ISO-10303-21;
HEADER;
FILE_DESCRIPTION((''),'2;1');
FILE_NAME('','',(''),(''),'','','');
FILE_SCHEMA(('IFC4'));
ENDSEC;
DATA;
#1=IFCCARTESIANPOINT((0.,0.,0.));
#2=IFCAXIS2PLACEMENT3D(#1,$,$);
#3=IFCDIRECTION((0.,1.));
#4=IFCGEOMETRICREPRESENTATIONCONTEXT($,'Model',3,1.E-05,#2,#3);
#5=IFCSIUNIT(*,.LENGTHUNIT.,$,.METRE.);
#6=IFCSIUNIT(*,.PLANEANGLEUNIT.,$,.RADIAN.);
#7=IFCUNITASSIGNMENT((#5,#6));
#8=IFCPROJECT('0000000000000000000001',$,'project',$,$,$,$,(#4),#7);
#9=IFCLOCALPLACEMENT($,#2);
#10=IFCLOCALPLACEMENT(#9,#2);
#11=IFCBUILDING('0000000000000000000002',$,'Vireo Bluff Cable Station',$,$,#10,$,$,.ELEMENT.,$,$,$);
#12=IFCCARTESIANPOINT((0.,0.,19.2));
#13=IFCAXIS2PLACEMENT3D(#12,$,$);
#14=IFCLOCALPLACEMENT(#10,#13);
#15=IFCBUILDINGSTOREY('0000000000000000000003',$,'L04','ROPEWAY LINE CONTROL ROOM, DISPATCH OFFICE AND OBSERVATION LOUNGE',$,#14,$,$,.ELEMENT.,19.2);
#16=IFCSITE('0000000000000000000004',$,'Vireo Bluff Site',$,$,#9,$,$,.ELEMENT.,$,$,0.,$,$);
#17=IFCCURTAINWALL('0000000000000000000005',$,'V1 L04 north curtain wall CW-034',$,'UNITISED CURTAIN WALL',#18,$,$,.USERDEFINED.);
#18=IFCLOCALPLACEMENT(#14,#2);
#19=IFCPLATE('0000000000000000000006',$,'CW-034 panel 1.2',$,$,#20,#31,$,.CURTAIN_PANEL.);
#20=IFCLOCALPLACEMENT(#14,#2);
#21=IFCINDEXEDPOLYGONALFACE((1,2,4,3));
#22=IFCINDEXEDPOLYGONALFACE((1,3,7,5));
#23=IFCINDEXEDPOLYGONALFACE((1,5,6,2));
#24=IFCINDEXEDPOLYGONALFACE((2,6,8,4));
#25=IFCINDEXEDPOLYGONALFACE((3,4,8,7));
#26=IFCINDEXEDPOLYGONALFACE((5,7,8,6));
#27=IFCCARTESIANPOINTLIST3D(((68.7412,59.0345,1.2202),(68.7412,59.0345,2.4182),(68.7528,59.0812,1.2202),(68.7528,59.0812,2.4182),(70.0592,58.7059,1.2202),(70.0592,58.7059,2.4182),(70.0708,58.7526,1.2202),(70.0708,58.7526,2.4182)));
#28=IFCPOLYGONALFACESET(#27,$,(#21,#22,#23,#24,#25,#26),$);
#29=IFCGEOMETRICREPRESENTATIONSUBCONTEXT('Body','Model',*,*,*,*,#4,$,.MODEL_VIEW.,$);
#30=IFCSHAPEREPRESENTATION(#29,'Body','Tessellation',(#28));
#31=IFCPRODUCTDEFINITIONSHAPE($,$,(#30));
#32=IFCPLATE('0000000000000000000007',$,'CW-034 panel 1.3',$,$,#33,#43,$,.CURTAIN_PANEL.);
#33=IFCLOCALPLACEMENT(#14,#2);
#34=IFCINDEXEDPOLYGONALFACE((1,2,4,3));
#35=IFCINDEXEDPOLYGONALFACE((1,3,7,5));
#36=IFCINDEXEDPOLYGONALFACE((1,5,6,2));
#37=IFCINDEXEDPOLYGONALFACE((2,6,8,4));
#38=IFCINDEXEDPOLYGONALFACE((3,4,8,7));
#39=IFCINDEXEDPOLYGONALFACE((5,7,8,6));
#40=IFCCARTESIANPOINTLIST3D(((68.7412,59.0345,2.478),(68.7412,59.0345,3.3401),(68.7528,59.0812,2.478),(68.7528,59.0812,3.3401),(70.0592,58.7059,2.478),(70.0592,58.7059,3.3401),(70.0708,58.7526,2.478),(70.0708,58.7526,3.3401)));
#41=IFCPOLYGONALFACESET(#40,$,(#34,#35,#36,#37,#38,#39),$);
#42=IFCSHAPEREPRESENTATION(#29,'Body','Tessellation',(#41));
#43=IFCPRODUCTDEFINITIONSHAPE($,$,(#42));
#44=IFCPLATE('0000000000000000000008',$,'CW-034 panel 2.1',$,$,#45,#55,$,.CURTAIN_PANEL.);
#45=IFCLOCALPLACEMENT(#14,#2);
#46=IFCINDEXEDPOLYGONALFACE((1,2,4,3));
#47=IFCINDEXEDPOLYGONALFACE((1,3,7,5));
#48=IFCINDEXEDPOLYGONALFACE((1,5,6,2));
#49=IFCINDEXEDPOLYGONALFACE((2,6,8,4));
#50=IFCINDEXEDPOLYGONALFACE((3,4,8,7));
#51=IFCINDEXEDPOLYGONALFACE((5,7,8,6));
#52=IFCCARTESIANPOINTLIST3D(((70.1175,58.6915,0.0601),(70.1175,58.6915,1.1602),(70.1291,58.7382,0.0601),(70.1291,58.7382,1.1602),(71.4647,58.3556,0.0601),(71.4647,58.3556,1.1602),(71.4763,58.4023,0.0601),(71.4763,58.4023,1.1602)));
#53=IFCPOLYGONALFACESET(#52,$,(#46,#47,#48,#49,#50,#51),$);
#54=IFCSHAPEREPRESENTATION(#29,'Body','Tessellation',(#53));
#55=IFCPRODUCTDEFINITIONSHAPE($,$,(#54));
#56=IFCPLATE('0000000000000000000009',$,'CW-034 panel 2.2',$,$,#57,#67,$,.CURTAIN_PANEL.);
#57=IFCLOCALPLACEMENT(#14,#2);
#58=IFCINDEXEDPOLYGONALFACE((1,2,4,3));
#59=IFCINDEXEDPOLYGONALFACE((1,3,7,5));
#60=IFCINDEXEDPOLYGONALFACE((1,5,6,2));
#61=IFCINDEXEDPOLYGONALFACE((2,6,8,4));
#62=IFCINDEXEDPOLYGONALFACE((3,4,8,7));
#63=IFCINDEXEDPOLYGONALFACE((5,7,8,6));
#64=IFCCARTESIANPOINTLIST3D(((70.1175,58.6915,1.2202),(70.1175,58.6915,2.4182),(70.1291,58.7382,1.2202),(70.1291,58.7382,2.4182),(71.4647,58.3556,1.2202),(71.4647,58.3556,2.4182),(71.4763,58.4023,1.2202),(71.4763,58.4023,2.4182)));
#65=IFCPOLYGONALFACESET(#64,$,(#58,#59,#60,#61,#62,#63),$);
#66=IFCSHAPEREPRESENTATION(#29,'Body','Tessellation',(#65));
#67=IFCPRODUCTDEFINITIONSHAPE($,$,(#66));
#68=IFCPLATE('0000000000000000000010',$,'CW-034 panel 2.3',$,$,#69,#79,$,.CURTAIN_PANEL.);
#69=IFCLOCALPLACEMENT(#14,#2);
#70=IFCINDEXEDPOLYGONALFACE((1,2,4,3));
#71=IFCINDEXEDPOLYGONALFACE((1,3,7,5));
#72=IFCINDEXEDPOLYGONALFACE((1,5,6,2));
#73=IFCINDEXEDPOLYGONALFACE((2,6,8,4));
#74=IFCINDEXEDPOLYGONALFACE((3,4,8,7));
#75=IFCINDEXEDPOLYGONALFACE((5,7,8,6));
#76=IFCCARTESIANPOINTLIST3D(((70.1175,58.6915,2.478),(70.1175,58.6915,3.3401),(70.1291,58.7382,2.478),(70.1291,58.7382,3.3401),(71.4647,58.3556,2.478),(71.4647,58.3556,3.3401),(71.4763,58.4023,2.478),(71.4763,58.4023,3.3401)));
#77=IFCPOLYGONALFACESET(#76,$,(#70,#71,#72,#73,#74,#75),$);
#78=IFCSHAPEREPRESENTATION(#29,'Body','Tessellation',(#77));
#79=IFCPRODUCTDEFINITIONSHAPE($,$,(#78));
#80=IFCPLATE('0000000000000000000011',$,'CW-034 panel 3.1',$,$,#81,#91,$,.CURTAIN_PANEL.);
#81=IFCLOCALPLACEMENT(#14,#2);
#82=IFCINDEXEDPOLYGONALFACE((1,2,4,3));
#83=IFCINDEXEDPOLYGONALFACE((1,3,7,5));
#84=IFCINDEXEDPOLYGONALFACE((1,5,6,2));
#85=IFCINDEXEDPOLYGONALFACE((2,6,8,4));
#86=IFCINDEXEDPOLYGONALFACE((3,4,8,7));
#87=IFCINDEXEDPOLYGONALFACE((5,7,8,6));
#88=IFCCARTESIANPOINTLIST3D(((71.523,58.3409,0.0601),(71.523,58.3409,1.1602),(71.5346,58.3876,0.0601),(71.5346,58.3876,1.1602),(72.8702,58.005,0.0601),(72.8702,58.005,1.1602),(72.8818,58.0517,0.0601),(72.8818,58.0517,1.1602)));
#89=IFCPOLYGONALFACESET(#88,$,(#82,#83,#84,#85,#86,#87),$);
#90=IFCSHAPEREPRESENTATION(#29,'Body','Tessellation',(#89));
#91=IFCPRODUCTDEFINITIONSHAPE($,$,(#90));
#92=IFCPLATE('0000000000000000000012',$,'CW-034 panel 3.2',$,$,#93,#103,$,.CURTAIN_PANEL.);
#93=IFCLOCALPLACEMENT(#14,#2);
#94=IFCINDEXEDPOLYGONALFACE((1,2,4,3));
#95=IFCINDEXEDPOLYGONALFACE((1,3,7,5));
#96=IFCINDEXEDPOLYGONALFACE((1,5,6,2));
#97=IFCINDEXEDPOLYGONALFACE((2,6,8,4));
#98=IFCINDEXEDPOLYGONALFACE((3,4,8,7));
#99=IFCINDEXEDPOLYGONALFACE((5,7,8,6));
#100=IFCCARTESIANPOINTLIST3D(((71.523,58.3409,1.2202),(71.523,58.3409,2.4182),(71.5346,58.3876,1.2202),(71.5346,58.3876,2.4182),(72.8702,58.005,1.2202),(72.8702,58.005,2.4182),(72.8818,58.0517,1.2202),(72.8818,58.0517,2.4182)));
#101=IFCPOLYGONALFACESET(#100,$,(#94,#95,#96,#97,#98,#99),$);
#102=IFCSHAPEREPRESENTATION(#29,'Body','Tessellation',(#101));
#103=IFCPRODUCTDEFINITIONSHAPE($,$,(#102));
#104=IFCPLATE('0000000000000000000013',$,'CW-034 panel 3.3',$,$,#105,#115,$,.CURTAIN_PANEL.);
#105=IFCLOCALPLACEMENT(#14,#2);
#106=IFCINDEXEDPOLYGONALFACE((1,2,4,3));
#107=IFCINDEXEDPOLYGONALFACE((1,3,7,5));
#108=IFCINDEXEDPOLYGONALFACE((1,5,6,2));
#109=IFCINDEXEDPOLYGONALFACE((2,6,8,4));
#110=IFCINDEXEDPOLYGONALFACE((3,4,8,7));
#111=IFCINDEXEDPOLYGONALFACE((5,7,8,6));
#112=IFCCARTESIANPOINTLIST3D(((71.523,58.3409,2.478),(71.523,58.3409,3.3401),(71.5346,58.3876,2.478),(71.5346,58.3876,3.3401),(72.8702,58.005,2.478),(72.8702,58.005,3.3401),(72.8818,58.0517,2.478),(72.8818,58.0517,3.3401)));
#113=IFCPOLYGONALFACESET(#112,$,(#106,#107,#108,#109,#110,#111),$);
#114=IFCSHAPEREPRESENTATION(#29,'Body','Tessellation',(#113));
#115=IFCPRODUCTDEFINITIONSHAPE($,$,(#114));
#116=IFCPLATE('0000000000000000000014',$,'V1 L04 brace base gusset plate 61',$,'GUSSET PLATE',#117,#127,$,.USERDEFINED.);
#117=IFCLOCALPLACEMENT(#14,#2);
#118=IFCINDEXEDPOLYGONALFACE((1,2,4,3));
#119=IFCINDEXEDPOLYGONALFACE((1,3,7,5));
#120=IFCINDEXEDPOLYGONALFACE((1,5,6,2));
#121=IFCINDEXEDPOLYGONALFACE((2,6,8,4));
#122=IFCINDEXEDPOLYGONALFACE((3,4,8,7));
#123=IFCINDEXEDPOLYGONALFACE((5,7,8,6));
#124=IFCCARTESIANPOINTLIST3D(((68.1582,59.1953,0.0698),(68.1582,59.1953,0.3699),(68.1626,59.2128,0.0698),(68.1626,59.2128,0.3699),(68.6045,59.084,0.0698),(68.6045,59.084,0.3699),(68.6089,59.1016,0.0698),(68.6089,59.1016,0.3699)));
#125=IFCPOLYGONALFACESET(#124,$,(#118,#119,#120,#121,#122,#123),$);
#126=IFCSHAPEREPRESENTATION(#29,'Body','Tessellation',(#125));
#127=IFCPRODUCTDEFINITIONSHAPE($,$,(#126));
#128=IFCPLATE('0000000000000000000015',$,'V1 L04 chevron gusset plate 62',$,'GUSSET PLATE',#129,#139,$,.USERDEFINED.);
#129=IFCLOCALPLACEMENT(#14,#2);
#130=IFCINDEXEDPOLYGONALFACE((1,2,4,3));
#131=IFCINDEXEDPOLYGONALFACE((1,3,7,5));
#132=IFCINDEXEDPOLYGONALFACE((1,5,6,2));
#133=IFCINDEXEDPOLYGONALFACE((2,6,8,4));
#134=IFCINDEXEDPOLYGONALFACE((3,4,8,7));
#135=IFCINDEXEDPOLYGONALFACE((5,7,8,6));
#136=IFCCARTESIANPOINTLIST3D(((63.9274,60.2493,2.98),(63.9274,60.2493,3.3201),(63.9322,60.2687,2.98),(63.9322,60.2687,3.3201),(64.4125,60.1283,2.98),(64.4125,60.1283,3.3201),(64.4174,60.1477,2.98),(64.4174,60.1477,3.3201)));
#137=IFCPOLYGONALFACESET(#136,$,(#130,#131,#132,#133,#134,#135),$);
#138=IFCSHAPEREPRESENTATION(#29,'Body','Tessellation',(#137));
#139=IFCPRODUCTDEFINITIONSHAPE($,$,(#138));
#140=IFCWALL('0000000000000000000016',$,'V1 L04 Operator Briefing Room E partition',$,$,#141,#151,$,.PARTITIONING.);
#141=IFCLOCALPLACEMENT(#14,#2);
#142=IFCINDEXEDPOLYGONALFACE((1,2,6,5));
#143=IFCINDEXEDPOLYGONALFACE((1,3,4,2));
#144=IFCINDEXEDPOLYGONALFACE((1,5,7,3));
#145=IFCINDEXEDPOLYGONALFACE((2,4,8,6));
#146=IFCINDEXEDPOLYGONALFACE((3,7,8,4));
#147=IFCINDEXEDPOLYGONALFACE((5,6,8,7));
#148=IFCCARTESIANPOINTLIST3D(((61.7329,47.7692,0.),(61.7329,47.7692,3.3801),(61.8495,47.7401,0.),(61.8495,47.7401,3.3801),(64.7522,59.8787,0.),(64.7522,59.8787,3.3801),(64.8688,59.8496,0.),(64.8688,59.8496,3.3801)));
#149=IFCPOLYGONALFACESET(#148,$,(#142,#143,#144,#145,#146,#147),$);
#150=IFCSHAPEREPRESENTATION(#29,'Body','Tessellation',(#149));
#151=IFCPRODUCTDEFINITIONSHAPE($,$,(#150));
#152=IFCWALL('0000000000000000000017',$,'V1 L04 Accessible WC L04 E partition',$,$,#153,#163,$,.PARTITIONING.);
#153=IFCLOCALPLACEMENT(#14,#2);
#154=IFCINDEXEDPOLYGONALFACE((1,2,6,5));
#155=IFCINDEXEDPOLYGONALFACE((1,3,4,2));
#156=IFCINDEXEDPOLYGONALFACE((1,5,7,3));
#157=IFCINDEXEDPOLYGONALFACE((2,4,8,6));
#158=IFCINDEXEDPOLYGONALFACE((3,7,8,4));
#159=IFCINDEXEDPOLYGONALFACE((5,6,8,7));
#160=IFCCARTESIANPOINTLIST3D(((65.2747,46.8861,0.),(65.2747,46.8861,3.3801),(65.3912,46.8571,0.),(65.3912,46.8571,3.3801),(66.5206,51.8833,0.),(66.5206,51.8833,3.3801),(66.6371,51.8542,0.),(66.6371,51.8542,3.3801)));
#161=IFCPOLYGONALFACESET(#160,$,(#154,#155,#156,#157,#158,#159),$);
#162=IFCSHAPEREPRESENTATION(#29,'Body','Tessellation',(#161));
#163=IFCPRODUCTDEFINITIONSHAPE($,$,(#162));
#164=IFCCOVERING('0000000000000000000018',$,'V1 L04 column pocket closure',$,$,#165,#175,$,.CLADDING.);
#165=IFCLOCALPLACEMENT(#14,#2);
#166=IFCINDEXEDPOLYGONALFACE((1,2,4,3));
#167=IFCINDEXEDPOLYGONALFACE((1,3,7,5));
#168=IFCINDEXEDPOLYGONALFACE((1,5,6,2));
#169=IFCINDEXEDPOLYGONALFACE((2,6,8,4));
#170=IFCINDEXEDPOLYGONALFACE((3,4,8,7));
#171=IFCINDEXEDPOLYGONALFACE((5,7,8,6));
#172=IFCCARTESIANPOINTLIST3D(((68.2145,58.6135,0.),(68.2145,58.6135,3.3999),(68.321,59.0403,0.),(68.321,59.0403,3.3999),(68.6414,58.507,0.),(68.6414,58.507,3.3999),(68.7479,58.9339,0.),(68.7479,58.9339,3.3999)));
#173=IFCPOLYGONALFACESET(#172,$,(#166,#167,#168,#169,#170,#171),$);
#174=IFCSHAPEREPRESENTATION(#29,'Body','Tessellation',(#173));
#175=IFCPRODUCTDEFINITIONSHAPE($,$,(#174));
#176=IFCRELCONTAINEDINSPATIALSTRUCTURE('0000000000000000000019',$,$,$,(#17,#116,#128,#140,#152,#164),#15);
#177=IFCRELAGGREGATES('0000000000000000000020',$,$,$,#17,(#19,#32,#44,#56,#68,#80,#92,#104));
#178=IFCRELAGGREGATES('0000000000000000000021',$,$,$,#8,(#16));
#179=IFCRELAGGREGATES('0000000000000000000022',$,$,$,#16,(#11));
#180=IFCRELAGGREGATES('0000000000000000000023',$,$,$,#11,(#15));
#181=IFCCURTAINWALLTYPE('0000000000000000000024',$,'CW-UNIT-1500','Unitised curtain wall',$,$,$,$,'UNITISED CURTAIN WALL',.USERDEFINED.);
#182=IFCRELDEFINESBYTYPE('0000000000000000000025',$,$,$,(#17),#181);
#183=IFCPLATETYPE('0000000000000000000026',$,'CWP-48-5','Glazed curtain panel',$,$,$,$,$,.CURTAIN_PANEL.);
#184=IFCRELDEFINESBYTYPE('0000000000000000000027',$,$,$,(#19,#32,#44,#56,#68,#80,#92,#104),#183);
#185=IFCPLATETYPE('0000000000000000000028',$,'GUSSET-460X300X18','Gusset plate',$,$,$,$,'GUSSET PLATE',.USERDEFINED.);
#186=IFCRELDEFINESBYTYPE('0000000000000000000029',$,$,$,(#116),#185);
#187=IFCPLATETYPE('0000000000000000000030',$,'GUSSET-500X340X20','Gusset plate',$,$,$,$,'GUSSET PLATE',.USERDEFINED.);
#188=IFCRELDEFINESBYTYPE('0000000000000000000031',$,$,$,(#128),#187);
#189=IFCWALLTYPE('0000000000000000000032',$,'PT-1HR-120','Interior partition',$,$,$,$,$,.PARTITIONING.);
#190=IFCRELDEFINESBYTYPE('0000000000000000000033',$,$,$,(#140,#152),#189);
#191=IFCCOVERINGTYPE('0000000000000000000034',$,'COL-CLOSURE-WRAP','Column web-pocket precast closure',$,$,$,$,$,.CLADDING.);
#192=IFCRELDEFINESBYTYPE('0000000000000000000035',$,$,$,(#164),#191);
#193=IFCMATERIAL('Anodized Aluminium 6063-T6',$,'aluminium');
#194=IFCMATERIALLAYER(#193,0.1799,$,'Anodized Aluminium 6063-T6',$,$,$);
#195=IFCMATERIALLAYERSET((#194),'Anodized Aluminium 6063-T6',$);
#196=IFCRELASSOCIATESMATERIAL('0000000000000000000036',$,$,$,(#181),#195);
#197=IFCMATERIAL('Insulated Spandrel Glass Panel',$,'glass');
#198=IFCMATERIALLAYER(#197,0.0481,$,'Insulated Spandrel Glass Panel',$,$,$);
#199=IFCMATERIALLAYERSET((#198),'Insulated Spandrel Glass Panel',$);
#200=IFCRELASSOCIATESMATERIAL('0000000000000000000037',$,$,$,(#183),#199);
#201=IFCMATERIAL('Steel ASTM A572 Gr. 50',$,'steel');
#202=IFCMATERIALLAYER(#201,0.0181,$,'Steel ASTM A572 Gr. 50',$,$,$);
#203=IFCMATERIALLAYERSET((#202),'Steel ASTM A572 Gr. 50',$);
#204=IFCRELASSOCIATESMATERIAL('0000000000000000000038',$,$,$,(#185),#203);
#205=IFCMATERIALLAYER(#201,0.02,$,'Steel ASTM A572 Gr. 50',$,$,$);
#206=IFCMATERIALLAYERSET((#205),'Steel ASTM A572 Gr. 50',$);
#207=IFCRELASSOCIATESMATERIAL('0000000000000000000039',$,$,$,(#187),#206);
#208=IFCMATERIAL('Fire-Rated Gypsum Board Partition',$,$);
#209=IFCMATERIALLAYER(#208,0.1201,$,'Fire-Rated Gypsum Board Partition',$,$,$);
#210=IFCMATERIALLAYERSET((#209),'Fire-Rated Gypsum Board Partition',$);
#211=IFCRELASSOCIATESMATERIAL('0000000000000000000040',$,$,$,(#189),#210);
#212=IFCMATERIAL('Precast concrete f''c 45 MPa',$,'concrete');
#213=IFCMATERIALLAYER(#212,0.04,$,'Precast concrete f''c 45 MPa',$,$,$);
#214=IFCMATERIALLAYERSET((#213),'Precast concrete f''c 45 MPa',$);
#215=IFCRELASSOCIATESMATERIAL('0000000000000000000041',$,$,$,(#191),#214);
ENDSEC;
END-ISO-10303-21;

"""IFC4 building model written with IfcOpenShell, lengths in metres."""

from ifc_helpers import new_model, si_unit, direction, frame, frame_2d, origin, origin_2d, place, context, subcontext, project, spatial, rectangle, extrude, material, layer, layer_set, type_object, element, aggregate, save


model = new_model("IFC4")

# Units and contexts
model_context = context("Model", 3, precision=1e-05, world=origin(), true_north=direction((0.0, 1.0)))
body_context = subcontext(model_context, "Body", "Model", "MODEL_VIEW")
ifc_project = project(units=[si_unit("LENGTHUNIT", "METRE"), si_unit("PLANEANGLEUNIT", "RADIAN")], contexts=[model_context])

# Site, building, storey
site_placement = place(None, origin())
site = spatial("IfcSite", under=ifc_project, at=site_placement, Name="Vireo Bluff Site", CompositionType="ELEMENT", RefElevation=0.0)
building_placement = place(site_placement, origin())
building = spatial("IfcBuilding", under=site, at=building_placement, Name="Vireo Bluff Cable Station", CompositionType="ELEMENT")
storey_placement = place(building_placement, frame((0.0, 0.0, 19.2)))
storey = spatial("IfcBuildingStorey", under=building, at=storey_placement, Name="L04", Description="ROPEWAY LINE CONTROL ROOM, DISPATCH OFFICE AND OBSERVATION LOUNGE", CompositionType="ELEMENT", Elevation=19.2)

# Curtain wall
ifc_material_1 = material(Name="Anodized Aluminium 6063-T6", Category="aluminium")
ifc_layer_1 = layer(ifc_material_1, 0.1799, Name="Anodized Aluminium 6063-T6")
ifc_layer_set_1 = layer_set([ifc_layer_1], Name="Anodized Aluminium 6063-T6")
curtain_wall_type = type_object("IfcCurtainWallType", Name="CW-UNIT-1500", Description="Unitised curtain wall", ElementType="UNITISED CURTAIN WALL", PredefinedType="USERDEFINED", material=ifc_layer_set_1)
curtain_wall_placement = place(storey_placement, origin())
curtain_wall = element("IfcCurtainWall", 1, at=curtain_wall_placement, inside=storey, type_object=curtain_wall_type, Name="V1 L04 north curtain wall CW-034", ObjectType="UNITISED CURTAIN WALL", PredefinedType="USERDEFINED")

# Plates
ifc_material_2 = material(Name="Insulated Spandrel Glass Panel", Category="glass")
ifc_layer_2 = layer(ifc_material_2, 0.0481, Name="Insulated Spandrel Glass Panel")
ifc_layer_set_2 = layer_set([ifc_layer_2], Name="Insulated Spandrel Glass Panel")
plate_type_1 = type_object("IfcPlateType", Name="CWP-48-5", Description="Glazed curtain panel", PredefinedType="CURTAIN_PANEL", material=ifc_layer_set_2)
plate_1_placement = place(storey_placement, frame((69.406, 58.8936, 1.2202), z_axis=(0.0, 0.0, 1.0), x_axis=(0.970296, -0.241922, 0.0)))
plate_1 = element("IfcPlate", 2, at=plate_1_placement, type_object=plate_type_1, Name="CW-034 panel 1.2", PredefinedType="CURTAIN_PANEL", context=body_context, shape_type="SweptSolid", body=[
    extrude(rectangle(XDim=1.3584, YDim=0.0481, at=origin_2d()), origin(), (0.0, 0.0, 1.0), 1.198),
])
plate_2_placement = place(storey_placement, frame((69.406, 58.8936, 2.478), z_axis=(0.0, 0.0, 1.0), x_axis=(0.970296, -0.241922, 0.0)))
plate_2 = element("IfcPlate", 3, at=plate_2_placement, type_object=plate_type_1, Name="CW-034 panel 1.3", PredefinedType="CURTAIN_PANEL", context=body_context, shape_type="SweptSolid", body=[
    extrude(rectangle(XDim=1.3584, YDim=0.0481, at=origin_2d()), origin(), (0.0, 0.0, 1.0), 0.8621),
])
plate_3_placement = place(storey_placement, frame((70.7969, 58.5469, 0.0601), z_axis=(0.0, 0.0, 1.0), x_axis=(0.970296, -0.241922, 0.0)))
plate_3 = element("IfcPlate", 4, at=plate_3_placement, type_object=plate_type_1, Name="CW-034 panel 2.1", PredefinedType="CURTAIN_PANEL", context=body_context, shape_type="SweptSolid", body=[
    extrude(rectangle(XDim=1.3884, YDim=0.0481, at=origin_2d()), origin(), (0.0, 0.0, 1.0), 1.1001),
])
plate_4_placement = place(storey_placement, frame((70.7969, 58.5469, 1.2202), z_axis=(0.0, 0.0, 1.0), x_axis=(0.970296, -0.241922, 0.0)))
plate_4 = element("IfcPlate", 5, at=plate_4_placement, type_object=plate_type_1, Name="CW-034 panel 2.2", PredefinedType="CURTAIN_PANEL", context=body_context, shape_type="SweptSolid", body=[
    extrude(rectangle(XDim=1.3884, YDim=0.0481, at=origin_2d()), origin(), (0.0, 0.0, 1.0), 1.198),
])
plate_5_placement = place(storey_placement, frame((70.7969, 58.5469, 2.478), z_axis=(0.0, 0.0, 1.0), x_axis=(0.970296, -0.241922, 0.0)))
plate_5 = element("IfcPlate", 6, at=plate_5_placement, type_object=plate_type_1, Name="CW-034 panel 2.3", PredefinedType="CURTAIN_PANEL", context=body_context, shape_type="SweptSolid", body=[
    extrude(rectangle(XDim=1.3884, YDim=0.0481, at=origin_2d()), origin(), (0.0, 0.0, 1.0), 0.8621),
])
plate_6_placement = place(storey_placement, frame((72.2024, 58.1963, 0.0601), z_axis=(0.0, 0.0, 1.0), x_axis=(0.970296, -0.241922, 0.0)))
plate_6 = element("IfcPlate", 7, at=plate_6_placement, type_object=plate_type_1, Name="CW-034 panel 3.1", PredefinedType="CURTAIN_PANEL", context=body_context, shape_type="SweptSolid", body=[
    extrude(rectangle(XDim=1.3884, YDim=0.0481, at=origin_2d()), origin(), (0.0, 0.0, 1.0), 1.1001),
])
plate_7_placement = place(storey_placement, frame((72.2024, 58.1963, 1.2202), z_axis=(0.0, 0.0, 1.0), x_axis=(0.970296, -0.241922, 0.0)))
plate_7 = element("IfcPlate", 8, at=plate_7_placement, type_object=plate_type_1, Name="CW-034 panel 3.2", PredefinedType="CURTAIN_PANEL", context=body_context, shape_type="SweptSolid", body=[
    extrude(rectangle(XDim=1.3884, YDim=0.0481, at=origin_2d()), origin(), (0.0, 0.0, 1.0), 1.198),
])
plate_8_placement = place(storey_placement, frame((72.2024, 58.1963, 2.478), z_axis=(0.0, 0.0, 1.0), x_axis=(0.970296, -0.241922, 0.0)))
plate_8 = element("IfcPlate", 9, at=plate_8_placement, type_object=plate_type_1, Name="CW-034 panel 3.3", PredefinedType="CURTAIN_PANEL", context=body_context, shape_type="SweptSolid", body=[
    extrude(rectangle(XDim=1.3884, YDim=0.0481, at=origin_2d()), origin(), (0.0, 0.0, 1.0), 0.8621),
])
aggregate(curtain_wall, [plate_1, plate_2, plate_3, plate_4, plate_5, plate_6, plate_7, plate_8])

# Plates
ifc_material_3 = material(Name="Steel ASTM A572 Gr. 50", Category="steel")
ifc_layer_3 = layer(ifc_material_3, 0.0181, Name="Steel ASTM A572 Gr. 50")
ifc_layer_set_3 = layer_set([ifc_layer_3], Name="Steel ASTM A572 Gr. 50")
plate_type_2 = type_object("IfcPlateType", Name="GUSSET-460X300X18", Description="Gusset plate", ElementType="GUSSET PLATE", PredefinedType="USERDEFINED", material=ifc_layer_set_3)
plate_9_placement = place(storey_placement, frame((68.3835, 59.1484, 0.0698), z_axis=(0.0, 0.0, 1.0), x_axis=(0.970296, -0.241922, 0.0)))
element("IfcPlate", 10, at=plate_9_placement, inside=storey, type_object=plate_type_2, Name="V1 L04 brace base gusset plate 61", ObjectType="GUSSET PLATE", PredefinedType="USERDEFINED", context=body_context, shape_type="SweptSolid", body=[
    extrude(rectangle(XDim=0.46, YDim=0.0181, at=origin_2d()), origin(), (0.0, 0.0, 1.0), 0.3),
])
ifc_layer_4 = layer(ifc_material_3, 0.02, Name="Steel ASTM A572 Gr. 50")
ifc_layer_set_4 = layer_set([ifc_layer_4], Name="Steel ASTM A572 Gr. 50")
plate_type_3 = type_object("IfcPlateType", Name="GUSSET-500X340X20", Description="Gusset plate", ElementType="GUSSET PLATE", PredefinedType="USERDEFINED", material=ifc_layer_set_4)
plate_10_placement = place(storey_placement, frame((64.1724, 60.1985, 2.98), z_axis=(0.0, 0.0, 1.0), x_axis=(0.970296, -0.241922, 0.0)))
element("IfcPlate", 11, at=plate_10_placement, inside=storey, type_object=plate_type_3, Name="V1 L04 chevron gusset plate 62", ObjectType="GUSSET PLATE", PredefinedType="USERDEFINED", context=body_context, shape_type="SweptSolid", body=[
    extrude(rectangle(XDim=0.5, YDim=0.02, at=origin_2d()), origin(), (0.0, 0.0, 1.0), 0.3401),
])

# Walls
ifc_material_4 = material(Name="Fire-Rated Gypsum Board Partition")
ifc_layer_5 = layer(ifc_material_4, 0.1201, Name="Fire-Rated Gypsum Board Partition")
ifc_layer_set_5 = layer_set([ifc_layer_5], Name="Fire-Rated Gypsum Board Partition")
wall_type = type_object("IfcWallType", Name="PT-1HR-120", Description="Interior partition", PredefinedType="PARTITIONING", material=ifc_layer_set_5)
wall_1_placement = place(storey_placement, frame((64.8105, 59.8643, 0.0), z_axis=(0.0, 0.0, 1.0), x_axis=(-0.241928, -0.970294, 0.0)))
element("IfcWall", 12, at=wall_1_placement, inside=storey, type_object=wall_type, Name="V1 L04 Operator Briefing Room E partition", PredefinedType="PARTITIONING", context=body_context, shape_type="SweptSolid", body=[
    extrude(rectangle(XDim=12.4802, YDim=0.1201, at=frame_2d((6.2402, 0.0))), origin(), (0.0, 0.0, 1.0), 3.3801),
])
wall_2_placement = place(storey_placement, frame((66.5789, 51.8689, 0.0), z_axis=(0.0, 0.0, 1.0), x_axis=(-0.241911, -0.970298, 0.0)))
element("IfcWall", 13, at=wall_2_placement, inside=storey, type_object=wall_type, Name="V1 L04 Accessible WC L04 E partition", PredefinedType="PARTITIONING", context=body_context, shape_type="SweptSolid", body=[
    extrude(rectangle(XDim=5.1501, YDim=0.1201, at=frame_2d((2.5752, 0.0))), origin(), (0.0, 0.0, 1.0), 3.3801),
])

# Covering
ifc_material_5 = material(Name="Precast concrete f'c 45 MPa", Category="concrete")
ifc_layer_6 = layer(ifc_material_5, 0.04, Name="Precast concrete f'c 45 MPa")
ifc_layer_set_6 = layer_set([ifc_layer_6], Name="Precast concrete f'c 45 MPa")
covering_type = type_object("IfcCoveringType", Name="COL-CLOSURE-WRAP", Description="Column web-pocket precast closure", PredefinedType="CLADDING", material=ifc_layer_set_6)
covering_placement = place(storey_placement, frame((68.4812, 58.7737, 0.0), z_axis=(0.0, 0.0, 1.0), x_axis=(0.970296, -0.241922, 0.0)))
element("IfcCovering", 14, at=covering_placement, inside=storey, type_object=covering_type, Name="V1 L04 column pocket closure", PredefinedType="CLADDING", context=body_context, shape_type="SweptSolid", body=[
    extrude(rectangle(XDim=0.4399, YDim=0.4399, at=origin_2d()), origin(), (0.0, 0.0, 1.0), 3.3999),
])

save(model, "model.ifc")
